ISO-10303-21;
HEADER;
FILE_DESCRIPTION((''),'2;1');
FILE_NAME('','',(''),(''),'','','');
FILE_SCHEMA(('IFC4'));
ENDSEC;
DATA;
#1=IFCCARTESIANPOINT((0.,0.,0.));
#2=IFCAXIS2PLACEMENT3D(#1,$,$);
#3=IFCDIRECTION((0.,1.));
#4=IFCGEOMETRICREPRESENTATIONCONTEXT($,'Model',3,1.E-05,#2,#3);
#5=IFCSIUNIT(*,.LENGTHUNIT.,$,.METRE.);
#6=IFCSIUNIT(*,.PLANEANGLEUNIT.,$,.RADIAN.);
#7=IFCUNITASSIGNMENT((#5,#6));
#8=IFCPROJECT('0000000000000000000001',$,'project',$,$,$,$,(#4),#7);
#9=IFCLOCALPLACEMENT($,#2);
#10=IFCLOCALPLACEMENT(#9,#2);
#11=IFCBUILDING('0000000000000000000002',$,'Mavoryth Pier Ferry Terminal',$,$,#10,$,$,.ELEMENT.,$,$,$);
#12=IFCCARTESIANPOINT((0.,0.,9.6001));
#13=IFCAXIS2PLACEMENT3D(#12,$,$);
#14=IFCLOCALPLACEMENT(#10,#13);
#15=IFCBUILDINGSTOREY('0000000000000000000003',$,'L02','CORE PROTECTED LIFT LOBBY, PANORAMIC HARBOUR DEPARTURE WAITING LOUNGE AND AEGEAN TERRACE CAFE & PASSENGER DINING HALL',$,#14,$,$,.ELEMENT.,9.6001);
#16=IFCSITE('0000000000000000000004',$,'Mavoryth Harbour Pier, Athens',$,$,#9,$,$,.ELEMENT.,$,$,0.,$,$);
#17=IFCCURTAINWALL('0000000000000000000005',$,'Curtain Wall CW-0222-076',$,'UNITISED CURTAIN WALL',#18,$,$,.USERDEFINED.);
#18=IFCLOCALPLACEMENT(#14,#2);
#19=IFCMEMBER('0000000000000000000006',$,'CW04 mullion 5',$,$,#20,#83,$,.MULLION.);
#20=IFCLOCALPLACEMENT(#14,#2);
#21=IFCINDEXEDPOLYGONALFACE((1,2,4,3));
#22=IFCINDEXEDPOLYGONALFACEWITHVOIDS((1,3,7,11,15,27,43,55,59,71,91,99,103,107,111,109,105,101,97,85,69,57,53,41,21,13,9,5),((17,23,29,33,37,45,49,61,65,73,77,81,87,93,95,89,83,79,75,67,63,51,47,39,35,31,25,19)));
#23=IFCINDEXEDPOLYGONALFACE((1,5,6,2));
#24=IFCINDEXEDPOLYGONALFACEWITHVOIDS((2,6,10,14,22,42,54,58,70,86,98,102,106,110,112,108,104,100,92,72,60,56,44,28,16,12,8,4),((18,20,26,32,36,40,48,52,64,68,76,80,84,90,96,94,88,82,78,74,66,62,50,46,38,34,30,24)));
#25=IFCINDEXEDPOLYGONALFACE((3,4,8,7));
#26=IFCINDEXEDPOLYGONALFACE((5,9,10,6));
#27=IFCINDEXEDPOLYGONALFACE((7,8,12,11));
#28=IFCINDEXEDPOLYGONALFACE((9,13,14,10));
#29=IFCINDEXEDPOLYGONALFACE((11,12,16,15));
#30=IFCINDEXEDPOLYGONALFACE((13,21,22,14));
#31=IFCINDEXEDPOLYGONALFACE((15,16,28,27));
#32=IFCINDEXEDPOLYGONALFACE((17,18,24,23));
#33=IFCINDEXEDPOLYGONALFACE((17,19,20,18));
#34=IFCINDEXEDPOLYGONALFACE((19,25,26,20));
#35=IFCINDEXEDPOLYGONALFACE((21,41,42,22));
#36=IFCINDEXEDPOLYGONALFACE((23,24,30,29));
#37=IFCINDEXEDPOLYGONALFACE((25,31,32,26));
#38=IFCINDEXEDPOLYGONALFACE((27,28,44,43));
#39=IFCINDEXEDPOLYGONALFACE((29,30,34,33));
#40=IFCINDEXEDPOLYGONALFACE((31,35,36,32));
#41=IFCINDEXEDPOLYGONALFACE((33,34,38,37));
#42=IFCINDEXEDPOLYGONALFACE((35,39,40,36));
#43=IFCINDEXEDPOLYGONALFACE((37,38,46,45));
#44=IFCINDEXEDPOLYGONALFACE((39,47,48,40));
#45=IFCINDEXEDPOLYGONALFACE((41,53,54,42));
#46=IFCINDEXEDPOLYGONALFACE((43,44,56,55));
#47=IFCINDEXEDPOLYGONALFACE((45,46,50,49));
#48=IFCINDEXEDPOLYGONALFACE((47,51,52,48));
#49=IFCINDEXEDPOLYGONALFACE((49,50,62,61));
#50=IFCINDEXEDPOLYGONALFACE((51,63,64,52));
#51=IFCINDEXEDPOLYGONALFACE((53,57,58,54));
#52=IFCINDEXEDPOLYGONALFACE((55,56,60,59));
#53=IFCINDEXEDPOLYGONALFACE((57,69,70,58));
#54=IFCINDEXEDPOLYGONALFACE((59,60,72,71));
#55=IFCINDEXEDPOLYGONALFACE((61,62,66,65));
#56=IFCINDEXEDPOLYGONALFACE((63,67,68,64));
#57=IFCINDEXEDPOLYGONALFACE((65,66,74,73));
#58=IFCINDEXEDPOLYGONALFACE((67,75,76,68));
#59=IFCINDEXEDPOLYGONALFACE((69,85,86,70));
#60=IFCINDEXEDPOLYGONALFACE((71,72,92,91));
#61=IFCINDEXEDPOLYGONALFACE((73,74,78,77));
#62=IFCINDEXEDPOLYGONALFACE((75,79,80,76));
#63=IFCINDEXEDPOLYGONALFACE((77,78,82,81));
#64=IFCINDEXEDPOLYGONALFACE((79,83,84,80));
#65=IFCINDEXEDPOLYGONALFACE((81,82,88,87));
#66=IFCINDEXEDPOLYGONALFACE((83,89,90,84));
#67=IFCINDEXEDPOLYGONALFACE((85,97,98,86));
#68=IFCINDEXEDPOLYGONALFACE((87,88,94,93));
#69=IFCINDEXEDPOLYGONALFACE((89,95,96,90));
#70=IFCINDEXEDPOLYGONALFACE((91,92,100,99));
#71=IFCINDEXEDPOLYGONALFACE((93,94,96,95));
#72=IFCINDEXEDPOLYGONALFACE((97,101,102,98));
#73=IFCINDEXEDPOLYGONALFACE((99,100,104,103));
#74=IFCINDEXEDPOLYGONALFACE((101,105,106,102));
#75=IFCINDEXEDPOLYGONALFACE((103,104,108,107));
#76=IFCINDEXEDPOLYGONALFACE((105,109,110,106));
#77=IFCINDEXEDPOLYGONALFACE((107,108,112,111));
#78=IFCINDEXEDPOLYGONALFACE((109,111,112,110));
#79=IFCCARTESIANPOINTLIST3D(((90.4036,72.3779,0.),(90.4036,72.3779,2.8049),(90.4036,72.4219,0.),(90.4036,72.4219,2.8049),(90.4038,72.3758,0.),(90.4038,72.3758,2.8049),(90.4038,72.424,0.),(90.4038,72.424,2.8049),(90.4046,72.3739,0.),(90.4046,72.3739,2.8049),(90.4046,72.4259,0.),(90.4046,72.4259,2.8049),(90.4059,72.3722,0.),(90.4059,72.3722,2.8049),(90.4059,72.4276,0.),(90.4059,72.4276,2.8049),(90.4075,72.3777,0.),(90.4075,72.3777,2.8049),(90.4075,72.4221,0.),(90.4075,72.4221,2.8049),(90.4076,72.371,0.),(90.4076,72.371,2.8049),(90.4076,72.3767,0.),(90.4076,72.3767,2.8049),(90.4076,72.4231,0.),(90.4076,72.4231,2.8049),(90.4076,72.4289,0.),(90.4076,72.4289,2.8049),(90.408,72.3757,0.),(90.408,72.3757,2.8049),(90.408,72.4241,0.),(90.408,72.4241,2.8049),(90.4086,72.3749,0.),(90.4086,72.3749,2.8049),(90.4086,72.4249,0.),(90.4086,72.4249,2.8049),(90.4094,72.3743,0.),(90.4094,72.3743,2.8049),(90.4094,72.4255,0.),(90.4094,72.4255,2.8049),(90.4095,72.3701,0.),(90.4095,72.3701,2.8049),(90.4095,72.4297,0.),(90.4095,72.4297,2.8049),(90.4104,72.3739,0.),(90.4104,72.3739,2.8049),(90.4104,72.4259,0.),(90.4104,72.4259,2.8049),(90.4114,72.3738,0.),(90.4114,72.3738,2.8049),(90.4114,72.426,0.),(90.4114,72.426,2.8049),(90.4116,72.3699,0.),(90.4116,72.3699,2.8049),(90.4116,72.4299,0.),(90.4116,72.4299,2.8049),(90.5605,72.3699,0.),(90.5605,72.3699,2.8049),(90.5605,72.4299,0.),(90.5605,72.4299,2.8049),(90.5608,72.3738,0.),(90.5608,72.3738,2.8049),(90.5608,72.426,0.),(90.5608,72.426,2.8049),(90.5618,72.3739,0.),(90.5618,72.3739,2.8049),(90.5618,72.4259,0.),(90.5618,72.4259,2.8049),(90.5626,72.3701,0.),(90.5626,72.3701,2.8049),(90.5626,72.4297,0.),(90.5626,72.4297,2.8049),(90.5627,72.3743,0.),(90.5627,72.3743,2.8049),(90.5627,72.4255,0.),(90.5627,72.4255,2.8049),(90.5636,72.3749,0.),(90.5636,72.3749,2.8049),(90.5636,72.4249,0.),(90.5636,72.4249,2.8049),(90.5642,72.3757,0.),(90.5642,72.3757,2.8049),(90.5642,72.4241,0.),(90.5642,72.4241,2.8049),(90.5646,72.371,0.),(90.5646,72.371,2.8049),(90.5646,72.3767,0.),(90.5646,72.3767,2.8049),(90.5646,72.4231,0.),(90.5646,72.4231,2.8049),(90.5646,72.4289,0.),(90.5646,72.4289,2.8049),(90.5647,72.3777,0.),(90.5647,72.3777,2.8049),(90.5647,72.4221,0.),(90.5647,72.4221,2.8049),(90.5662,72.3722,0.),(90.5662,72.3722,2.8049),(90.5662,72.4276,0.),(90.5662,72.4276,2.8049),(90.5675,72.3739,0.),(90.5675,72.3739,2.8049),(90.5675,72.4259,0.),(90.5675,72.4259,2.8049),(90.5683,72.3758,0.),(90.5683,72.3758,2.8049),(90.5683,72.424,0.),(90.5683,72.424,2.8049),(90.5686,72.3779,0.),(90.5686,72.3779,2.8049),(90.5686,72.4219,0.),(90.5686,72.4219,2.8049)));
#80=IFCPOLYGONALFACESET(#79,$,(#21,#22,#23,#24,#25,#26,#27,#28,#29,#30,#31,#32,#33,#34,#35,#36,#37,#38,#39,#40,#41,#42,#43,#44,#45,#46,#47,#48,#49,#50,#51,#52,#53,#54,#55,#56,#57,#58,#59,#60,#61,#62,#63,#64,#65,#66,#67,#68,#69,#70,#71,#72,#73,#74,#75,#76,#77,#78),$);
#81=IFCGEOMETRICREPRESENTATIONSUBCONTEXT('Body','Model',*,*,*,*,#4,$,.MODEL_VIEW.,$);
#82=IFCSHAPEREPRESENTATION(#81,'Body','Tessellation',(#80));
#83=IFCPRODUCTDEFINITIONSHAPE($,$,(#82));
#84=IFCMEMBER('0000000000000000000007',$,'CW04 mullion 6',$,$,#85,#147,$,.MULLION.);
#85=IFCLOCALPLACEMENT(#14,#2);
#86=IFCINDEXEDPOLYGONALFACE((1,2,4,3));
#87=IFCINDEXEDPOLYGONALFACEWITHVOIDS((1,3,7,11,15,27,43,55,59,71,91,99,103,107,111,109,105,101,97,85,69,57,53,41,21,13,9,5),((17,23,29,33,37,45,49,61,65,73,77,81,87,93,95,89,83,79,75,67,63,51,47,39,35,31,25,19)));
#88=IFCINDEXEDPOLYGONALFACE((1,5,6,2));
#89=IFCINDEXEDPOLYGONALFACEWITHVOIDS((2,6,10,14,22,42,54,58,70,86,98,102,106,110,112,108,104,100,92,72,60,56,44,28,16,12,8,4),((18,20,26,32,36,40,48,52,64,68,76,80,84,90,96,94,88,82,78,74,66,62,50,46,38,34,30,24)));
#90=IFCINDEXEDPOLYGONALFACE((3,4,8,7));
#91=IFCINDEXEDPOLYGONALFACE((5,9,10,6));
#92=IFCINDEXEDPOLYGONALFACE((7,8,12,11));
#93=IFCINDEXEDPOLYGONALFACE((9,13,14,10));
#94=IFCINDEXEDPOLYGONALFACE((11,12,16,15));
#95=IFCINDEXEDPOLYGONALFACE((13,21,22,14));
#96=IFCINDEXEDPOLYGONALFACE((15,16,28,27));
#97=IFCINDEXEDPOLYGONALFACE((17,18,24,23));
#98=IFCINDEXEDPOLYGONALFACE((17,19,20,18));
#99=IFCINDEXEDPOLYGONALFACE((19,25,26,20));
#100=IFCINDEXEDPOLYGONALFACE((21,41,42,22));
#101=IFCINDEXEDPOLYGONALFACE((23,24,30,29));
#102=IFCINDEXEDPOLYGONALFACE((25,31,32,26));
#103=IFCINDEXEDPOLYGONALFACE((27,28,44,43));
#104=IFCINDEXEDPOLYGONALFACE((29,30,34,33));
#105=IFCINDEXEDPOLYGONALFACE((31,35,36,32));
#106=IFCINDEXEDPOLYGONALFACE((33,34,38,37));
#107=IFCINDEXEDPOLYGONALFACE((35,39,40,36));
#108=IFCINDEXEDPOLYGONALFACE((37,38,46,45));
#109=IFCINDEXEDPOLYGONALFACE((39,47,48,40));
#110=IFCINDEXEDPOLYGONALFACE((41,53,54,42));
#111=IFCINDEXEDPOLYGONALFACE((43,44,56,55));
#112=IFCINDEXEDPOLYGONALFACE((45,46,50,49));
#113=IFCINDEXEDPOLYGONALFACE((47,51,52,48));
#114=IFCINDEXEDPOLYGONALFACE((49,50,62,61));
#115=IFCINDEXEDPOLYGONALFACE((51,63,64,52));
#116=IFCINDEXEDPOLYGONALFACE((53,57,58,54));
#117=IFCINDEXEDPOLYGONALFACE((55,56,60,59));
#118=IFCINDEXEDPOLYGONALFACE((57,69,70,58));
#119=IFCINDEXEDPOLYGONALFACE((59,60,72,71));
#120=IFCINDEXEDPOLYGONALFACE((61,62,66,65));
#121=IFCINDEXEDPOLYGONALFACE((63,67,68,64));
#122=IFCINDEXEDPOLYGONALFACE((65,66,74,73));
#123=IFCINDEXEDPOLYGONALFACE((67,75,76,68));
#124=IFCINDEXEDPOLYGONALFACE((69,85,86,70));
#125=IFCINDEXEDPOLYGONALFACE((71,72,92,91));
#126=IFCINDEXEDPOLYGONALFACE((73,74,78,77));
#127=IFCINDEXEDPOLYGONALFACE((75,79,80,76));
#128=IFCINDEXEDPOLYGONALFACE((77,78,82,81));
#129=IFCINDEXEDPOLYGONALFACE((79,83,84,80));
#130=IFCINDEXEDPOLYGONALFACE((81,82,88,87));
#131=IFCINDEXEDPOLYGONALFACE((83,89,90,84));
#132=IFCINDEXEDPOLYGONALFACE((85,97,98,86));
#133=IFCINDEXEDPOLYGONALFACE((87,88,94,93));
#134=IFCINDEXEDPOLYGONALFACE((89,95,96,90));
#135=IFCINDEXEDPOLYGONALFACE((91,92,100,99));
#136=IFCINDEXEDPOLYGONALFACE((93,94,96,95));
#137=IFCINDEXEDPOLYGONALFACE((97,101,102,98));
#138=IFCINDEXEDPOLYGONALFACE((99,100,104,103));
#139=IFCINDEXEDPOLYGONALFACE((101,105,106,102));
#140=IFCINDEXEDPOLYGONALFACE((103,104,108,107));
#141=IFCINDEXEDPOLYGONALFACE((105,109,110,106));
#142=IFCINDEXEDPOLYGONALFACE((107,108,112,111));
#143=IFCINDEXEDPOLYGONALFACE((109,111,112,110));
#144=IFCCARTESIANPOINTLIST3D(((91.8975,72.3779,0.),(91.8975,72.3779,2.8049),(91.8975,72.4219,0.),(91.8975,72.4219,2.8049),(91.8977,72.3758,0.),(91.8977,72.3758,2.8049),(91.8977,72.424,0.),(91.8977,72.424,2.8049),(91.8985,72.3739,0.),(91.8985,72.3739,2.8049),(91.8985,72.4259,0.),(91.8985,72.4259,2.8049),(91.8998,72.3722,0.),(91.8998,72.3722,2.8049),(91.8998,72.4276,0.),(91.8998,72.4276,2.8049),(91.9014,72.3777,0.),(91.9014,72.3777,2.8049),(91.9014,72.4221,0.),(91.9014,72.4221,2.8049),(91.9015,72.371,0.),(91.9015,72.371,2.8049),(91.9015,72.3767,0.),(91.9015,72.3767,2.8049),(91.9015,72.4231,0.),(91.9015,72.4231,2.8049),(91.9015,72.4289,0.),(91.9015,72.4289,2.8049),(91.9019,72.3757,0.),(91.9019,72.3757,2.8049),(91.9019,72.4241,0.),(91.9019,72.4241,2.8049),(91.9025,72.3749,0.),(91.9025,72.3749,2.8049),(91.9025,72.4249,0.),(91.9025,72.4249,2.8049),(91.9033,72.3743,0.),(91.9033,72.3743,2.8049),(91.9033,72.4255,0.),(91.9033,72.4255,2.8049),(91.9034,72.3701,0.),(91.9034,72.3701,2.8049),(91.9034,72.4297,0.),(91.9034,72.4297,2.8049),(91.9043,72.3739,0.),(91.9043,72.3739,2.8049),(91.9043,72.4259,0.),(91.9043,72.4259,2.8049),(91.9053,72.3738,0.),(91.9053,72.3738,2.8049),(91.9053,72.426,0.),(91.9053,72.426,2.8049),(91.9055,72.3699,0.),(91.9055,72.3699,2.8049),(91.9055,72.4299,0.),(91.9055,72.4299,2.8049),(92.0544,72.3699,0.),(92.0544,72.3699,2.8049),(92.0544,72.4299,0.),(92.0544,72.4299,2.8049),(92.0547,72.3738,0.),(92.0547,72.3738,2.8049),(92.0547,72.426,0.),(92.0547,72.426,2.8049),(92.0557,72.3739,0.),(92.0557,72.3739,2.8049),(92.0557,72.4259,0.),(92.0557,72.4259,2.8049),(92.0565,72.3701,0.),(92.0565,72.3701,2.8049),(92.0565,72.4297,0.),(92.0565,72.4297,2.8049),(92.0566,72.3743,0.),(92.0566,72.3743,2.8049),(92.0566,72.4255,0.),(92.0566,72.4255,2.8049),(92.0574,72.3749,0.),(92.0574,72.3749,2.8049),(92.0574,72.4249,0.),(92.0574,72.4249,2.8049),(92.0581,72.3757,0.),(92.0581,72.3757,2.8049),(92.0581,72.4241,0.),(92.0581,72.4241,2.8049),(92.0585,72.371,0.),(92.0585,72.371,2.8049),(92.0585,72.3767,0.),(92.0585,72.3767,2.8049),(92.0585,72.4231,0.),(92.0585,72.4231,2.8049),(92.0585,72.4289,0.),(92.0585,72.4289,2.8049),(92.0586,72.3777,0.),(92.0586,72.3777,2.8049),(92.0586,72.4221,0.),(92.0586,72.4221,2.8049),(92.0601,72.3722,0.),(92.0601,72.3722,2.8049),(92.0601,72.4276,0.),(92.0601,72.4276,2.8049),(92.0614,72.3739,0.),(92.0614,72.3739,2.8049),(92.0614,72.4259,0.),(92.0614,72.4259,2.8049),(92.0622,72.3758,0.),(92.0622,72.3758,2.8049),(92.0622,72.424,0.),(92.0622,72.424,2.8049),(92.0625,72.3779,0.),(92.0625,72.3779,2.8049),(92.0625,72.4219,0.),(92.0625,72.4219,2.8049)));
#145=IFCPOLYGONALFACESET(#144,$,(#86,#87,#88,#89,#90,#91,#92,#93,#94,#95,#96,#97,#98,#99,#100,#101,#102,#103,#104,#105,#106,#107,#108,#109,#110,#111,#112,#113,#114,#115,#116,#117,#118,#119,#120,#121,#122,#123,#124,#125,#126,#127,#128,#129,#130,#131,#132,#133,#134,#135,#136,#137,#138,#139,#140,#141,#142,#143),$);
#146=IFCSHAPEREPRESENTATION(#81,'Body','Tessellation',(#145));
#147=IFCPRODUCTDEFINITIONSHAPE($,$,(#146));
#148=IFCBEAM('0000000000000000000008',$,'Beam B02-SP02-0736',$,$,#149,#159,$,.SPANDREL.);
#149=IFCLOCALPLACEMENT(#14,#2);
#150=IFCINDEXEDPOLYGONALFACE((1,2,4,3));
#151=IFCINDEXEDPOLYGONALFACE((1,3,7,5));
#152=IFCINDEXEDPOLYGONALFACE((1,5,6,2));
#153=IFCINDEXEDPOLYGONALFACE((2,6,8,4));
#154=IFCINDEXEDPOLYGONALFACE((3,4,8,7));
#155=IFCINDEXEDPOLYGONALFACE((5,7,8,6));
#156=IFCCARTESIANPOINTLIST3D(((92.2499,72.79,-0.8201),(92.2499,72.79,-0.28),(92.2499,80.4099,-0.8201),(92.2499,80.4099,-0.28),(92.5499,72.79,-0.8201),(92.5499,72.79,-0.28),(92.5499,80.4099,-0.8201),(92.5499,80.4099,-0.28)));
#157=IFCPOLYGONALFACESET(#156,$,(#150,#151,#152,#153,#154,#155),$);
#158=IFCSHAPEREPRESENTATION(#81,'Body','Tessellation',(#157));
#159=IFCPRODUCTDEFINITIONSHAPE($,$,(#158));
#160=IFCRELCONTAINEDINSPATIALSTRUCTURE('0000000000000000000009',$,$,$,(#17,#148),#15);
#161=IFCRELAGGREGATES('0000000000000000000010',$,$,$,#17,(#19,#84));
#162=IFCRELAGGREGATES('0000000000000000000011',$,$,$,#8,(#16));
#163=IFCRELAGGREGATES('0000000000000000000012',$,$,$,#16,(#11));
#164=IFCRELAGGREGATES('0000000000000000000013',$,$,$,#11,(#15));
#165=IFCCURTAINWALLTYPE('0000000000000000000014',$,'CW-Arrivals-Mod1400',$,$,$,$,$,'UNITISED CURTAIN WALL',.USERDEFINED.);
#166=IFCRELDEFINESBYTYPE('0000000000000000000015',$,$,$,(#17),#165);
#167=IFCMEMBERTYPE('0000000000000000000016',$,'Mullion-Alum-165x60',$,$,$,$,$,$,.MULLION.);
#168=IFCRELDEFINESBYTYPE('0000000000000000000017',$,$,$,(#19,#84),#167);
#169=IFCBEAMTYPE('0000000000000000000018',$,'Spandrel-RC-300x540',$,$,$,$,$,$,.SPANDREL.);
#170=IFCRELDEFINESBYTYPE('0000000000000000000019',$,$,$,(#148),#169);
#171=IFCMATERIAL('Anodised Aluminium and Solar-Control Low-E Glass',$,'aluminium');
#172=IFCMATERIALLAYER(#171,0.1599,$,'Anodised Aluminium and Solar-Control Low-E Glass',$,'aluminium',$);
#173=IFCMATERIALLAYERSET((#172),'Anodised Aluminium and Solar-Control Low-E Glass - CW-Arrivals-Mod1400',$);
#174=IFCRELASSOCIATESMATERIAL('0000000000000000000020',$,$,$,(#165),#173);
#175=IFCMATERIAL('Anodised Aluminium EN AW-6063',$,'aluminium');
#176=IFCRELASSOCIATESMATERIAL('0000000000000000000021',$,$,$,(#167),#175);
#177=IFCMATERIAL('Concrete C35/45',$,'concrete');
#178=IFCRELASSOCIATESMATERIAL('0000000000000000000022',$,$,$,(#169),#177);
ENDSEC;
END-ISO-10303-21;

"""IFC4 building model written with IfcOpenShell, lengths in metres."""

from ifc_helpers import new_model, si_unit, direction, frame, origin, origin_2d, place, context, subcontext, project, spatial, rectangle, hollow_rectangle, extrude, material, layer, layer_set, material_profile, profile_set, type_object, element, aggregate, save


model = new_model("IFC4")

# Units and contexts
model_context = context("Model", 3, precision=1e-05, world=origin(), true_north=direction((0.0, 1.0)))
body_context = subcontext(model_context, "Body", "Model", "MODEL_VIEW")
ifc_project = project(units=[si_unit("LENGTHUNIT", "METRE"), si_unit("PLANEANGLEUNIT", "RADIAN")], contexts=[model_context])

# Site, building, storey
site_placement = place(None, origin())
site = spatial("IfcSite", under=ifc_project, at=site_placement, Name="Mavoryth Harbour Pier, Athens", CompositionType="ELEMENT", RefElevation=0.0)
building_placement = place(site_placement, origin())
building = spatial("IfcBuilding", under=site, at=building_placement, Name="Mavoryth Pier Ferry Terminal", CompositionType="ELEMENT")
storey_placement = place(building_placement, frame((0.0, 0.0, 9.6001)))
storey = spatial("IfcBuildingStorey", under=building, at=storey_placement, Name="L02", Description="CORE PROTECTED LIFT LOBBY, PANORAMIC HARBOUR DEPARTURE WAITING LOUNGE AND AEGEAN TERRACE CAFE & PASSENGER DINING HALL", CompositionType="ELEMENT", Elevation=9.6001)

# Curtain wall, members
ifc_material_1 = material(Name="Anodised Aluminium and Solar-Control Low-E Glass", Category="aluminium")
ifc_layer_1 = layer(ifc_material_1, 0.1599, Name="Anodised Aluminium and Solar-Control Low-E Glass", Category="aluminium")
ifc_layer_set_1 = layer_set([ifc_layer_1], Name="Anodised Aluminium and Solar-Control Low-E Glass - CW-Arrivals-Mod1400")
curtain_wall_type = type_object("IfcCurtainWallType", Name="CW-Arrivals-Mod1400", ElementType="UNITISED CURTAIN WALL", PredefinedType="USERDEFINED", material=ifc_layer_set_1)
ifc_material_2 = material(Name="Anodised Aluminium EN AW-6063", Category="aluminium")
ifc_material_profile_1 = material_profile(ifc_material_2, hollow_rectangle(XDim=0.0601, YDim=0.165, WallThickness=0.0039, InnerFilletRadius=0.0039, OuterFilletRadius=0.0081, at=origin_2d()), Name="AL-MULL 165x60x4", Category="aluminium")
ifc_profile_set_1 = profile_set([ifc_material_profile_1], Name="Anodised Aluminium EN AW-6063 - AL-MULL 165x60x4")
member_type_1 = type_object("IfcMemberType", Name="Mullion-Alum-165x60", PredefinedType="MULLION", material=ifc_profile_set_1)
curtain_wall_1_placement = place(storey_placement, origin())
curtain_wall_1 = element("IfcCurtainWall", 1, at=curtain_wall_1_placement, inside=storey, type_object=curtain_wall_type, Name="Curtain Wall CW-0222-076", ObjectType="UNITISED CURTAIN WALL", PredefinedType="USERDEFINED")
member_1_placement = place(storey_placement, frame((90.4861, 72.3999, 0.0), z_axis=(0.0, 0.0, 1.0), x_axis=(0.0, 1.0, 0.0)))
member_1 = element("IfcMember", 2, at=member_1_placement, type_object=member_type_1, Name="CW04 mullion 5", PredefinedType="MULLION", context=body_context, shape_type="SweptSolid", body=[
    extrude(hollow_rectangle(XDim=0.0601, YDim=0.165, WallThickness=0.0039, InnerFilletRadius=0.0039, OuterFilletRadius=0.0081, at=origin_2d()), origin(), (0.0, 0.0, 1.0), 2.8049),
])
member_2_placement = place(storey_placement, frame((91.98, 72.3999, 0.0), z_axis=(0.0, 0.0, 1.0), x_axis=(0.0, 1.0, 0.0)))
member_2 = element("IfcMember", 3, at=member_2_placement, type_object=member_type_1, Name="CW04 mullion 6", PredefinedType="MULLION", context=body_context, shape_type="SweptSolid", body=[
    extrude(hollow_rectangle(XDim=0.0601, YDim=0.165, WallThickness=0.0039, InnerFilletRadius=0.0039, OuterFilletRadius=0.0081, at=origin_2d()), origin(), (0.0, 0.0, 1.0), 2.8049),
])

# Beam
ifc_material_3 = material(Name="Concrete C35/45", Category="concrete")
ifc_material_profile_2 = material_profile(ifc_material_3, rectangle(XDim=0.3, YDim=0.54, at=origin_2d()), Name="RC 300x540", Category="concrete")
ifc_profile_set_2 = profile_set([ifc_material_profile_2], Name="Concrete C35/45 - RC 300x540")
beam_type = type_object("IfcBeamType", Name="Spandrel-RC-300x540", PredefinedType="SPANDREL", material=ifc_profile_set_2)
beam_placement = place(storey_placement, frame((92.3999, 72.79, -0.55), z_axis=(0.0, 1.0, 0.0), x_axis=(-1.0, 0.0, 0.0)))
element("IfcBeam", 4, at=beam_placement, inside=storey, type_object=beam_type, Name="Beam B02-SP02-0736", PredefinedType="SPANDREL", context=body_context, shape_type="SweptSolid", body=[
    extrude(rectangle(XDim=0.3, YDim=0.54, at=origin_2d()), origin(), (0.0, 0.0, 1.0), 7.6199),
])

aggregate(curtain_wall_1, [member_1, member_2])

save(model, "model.ifc")
